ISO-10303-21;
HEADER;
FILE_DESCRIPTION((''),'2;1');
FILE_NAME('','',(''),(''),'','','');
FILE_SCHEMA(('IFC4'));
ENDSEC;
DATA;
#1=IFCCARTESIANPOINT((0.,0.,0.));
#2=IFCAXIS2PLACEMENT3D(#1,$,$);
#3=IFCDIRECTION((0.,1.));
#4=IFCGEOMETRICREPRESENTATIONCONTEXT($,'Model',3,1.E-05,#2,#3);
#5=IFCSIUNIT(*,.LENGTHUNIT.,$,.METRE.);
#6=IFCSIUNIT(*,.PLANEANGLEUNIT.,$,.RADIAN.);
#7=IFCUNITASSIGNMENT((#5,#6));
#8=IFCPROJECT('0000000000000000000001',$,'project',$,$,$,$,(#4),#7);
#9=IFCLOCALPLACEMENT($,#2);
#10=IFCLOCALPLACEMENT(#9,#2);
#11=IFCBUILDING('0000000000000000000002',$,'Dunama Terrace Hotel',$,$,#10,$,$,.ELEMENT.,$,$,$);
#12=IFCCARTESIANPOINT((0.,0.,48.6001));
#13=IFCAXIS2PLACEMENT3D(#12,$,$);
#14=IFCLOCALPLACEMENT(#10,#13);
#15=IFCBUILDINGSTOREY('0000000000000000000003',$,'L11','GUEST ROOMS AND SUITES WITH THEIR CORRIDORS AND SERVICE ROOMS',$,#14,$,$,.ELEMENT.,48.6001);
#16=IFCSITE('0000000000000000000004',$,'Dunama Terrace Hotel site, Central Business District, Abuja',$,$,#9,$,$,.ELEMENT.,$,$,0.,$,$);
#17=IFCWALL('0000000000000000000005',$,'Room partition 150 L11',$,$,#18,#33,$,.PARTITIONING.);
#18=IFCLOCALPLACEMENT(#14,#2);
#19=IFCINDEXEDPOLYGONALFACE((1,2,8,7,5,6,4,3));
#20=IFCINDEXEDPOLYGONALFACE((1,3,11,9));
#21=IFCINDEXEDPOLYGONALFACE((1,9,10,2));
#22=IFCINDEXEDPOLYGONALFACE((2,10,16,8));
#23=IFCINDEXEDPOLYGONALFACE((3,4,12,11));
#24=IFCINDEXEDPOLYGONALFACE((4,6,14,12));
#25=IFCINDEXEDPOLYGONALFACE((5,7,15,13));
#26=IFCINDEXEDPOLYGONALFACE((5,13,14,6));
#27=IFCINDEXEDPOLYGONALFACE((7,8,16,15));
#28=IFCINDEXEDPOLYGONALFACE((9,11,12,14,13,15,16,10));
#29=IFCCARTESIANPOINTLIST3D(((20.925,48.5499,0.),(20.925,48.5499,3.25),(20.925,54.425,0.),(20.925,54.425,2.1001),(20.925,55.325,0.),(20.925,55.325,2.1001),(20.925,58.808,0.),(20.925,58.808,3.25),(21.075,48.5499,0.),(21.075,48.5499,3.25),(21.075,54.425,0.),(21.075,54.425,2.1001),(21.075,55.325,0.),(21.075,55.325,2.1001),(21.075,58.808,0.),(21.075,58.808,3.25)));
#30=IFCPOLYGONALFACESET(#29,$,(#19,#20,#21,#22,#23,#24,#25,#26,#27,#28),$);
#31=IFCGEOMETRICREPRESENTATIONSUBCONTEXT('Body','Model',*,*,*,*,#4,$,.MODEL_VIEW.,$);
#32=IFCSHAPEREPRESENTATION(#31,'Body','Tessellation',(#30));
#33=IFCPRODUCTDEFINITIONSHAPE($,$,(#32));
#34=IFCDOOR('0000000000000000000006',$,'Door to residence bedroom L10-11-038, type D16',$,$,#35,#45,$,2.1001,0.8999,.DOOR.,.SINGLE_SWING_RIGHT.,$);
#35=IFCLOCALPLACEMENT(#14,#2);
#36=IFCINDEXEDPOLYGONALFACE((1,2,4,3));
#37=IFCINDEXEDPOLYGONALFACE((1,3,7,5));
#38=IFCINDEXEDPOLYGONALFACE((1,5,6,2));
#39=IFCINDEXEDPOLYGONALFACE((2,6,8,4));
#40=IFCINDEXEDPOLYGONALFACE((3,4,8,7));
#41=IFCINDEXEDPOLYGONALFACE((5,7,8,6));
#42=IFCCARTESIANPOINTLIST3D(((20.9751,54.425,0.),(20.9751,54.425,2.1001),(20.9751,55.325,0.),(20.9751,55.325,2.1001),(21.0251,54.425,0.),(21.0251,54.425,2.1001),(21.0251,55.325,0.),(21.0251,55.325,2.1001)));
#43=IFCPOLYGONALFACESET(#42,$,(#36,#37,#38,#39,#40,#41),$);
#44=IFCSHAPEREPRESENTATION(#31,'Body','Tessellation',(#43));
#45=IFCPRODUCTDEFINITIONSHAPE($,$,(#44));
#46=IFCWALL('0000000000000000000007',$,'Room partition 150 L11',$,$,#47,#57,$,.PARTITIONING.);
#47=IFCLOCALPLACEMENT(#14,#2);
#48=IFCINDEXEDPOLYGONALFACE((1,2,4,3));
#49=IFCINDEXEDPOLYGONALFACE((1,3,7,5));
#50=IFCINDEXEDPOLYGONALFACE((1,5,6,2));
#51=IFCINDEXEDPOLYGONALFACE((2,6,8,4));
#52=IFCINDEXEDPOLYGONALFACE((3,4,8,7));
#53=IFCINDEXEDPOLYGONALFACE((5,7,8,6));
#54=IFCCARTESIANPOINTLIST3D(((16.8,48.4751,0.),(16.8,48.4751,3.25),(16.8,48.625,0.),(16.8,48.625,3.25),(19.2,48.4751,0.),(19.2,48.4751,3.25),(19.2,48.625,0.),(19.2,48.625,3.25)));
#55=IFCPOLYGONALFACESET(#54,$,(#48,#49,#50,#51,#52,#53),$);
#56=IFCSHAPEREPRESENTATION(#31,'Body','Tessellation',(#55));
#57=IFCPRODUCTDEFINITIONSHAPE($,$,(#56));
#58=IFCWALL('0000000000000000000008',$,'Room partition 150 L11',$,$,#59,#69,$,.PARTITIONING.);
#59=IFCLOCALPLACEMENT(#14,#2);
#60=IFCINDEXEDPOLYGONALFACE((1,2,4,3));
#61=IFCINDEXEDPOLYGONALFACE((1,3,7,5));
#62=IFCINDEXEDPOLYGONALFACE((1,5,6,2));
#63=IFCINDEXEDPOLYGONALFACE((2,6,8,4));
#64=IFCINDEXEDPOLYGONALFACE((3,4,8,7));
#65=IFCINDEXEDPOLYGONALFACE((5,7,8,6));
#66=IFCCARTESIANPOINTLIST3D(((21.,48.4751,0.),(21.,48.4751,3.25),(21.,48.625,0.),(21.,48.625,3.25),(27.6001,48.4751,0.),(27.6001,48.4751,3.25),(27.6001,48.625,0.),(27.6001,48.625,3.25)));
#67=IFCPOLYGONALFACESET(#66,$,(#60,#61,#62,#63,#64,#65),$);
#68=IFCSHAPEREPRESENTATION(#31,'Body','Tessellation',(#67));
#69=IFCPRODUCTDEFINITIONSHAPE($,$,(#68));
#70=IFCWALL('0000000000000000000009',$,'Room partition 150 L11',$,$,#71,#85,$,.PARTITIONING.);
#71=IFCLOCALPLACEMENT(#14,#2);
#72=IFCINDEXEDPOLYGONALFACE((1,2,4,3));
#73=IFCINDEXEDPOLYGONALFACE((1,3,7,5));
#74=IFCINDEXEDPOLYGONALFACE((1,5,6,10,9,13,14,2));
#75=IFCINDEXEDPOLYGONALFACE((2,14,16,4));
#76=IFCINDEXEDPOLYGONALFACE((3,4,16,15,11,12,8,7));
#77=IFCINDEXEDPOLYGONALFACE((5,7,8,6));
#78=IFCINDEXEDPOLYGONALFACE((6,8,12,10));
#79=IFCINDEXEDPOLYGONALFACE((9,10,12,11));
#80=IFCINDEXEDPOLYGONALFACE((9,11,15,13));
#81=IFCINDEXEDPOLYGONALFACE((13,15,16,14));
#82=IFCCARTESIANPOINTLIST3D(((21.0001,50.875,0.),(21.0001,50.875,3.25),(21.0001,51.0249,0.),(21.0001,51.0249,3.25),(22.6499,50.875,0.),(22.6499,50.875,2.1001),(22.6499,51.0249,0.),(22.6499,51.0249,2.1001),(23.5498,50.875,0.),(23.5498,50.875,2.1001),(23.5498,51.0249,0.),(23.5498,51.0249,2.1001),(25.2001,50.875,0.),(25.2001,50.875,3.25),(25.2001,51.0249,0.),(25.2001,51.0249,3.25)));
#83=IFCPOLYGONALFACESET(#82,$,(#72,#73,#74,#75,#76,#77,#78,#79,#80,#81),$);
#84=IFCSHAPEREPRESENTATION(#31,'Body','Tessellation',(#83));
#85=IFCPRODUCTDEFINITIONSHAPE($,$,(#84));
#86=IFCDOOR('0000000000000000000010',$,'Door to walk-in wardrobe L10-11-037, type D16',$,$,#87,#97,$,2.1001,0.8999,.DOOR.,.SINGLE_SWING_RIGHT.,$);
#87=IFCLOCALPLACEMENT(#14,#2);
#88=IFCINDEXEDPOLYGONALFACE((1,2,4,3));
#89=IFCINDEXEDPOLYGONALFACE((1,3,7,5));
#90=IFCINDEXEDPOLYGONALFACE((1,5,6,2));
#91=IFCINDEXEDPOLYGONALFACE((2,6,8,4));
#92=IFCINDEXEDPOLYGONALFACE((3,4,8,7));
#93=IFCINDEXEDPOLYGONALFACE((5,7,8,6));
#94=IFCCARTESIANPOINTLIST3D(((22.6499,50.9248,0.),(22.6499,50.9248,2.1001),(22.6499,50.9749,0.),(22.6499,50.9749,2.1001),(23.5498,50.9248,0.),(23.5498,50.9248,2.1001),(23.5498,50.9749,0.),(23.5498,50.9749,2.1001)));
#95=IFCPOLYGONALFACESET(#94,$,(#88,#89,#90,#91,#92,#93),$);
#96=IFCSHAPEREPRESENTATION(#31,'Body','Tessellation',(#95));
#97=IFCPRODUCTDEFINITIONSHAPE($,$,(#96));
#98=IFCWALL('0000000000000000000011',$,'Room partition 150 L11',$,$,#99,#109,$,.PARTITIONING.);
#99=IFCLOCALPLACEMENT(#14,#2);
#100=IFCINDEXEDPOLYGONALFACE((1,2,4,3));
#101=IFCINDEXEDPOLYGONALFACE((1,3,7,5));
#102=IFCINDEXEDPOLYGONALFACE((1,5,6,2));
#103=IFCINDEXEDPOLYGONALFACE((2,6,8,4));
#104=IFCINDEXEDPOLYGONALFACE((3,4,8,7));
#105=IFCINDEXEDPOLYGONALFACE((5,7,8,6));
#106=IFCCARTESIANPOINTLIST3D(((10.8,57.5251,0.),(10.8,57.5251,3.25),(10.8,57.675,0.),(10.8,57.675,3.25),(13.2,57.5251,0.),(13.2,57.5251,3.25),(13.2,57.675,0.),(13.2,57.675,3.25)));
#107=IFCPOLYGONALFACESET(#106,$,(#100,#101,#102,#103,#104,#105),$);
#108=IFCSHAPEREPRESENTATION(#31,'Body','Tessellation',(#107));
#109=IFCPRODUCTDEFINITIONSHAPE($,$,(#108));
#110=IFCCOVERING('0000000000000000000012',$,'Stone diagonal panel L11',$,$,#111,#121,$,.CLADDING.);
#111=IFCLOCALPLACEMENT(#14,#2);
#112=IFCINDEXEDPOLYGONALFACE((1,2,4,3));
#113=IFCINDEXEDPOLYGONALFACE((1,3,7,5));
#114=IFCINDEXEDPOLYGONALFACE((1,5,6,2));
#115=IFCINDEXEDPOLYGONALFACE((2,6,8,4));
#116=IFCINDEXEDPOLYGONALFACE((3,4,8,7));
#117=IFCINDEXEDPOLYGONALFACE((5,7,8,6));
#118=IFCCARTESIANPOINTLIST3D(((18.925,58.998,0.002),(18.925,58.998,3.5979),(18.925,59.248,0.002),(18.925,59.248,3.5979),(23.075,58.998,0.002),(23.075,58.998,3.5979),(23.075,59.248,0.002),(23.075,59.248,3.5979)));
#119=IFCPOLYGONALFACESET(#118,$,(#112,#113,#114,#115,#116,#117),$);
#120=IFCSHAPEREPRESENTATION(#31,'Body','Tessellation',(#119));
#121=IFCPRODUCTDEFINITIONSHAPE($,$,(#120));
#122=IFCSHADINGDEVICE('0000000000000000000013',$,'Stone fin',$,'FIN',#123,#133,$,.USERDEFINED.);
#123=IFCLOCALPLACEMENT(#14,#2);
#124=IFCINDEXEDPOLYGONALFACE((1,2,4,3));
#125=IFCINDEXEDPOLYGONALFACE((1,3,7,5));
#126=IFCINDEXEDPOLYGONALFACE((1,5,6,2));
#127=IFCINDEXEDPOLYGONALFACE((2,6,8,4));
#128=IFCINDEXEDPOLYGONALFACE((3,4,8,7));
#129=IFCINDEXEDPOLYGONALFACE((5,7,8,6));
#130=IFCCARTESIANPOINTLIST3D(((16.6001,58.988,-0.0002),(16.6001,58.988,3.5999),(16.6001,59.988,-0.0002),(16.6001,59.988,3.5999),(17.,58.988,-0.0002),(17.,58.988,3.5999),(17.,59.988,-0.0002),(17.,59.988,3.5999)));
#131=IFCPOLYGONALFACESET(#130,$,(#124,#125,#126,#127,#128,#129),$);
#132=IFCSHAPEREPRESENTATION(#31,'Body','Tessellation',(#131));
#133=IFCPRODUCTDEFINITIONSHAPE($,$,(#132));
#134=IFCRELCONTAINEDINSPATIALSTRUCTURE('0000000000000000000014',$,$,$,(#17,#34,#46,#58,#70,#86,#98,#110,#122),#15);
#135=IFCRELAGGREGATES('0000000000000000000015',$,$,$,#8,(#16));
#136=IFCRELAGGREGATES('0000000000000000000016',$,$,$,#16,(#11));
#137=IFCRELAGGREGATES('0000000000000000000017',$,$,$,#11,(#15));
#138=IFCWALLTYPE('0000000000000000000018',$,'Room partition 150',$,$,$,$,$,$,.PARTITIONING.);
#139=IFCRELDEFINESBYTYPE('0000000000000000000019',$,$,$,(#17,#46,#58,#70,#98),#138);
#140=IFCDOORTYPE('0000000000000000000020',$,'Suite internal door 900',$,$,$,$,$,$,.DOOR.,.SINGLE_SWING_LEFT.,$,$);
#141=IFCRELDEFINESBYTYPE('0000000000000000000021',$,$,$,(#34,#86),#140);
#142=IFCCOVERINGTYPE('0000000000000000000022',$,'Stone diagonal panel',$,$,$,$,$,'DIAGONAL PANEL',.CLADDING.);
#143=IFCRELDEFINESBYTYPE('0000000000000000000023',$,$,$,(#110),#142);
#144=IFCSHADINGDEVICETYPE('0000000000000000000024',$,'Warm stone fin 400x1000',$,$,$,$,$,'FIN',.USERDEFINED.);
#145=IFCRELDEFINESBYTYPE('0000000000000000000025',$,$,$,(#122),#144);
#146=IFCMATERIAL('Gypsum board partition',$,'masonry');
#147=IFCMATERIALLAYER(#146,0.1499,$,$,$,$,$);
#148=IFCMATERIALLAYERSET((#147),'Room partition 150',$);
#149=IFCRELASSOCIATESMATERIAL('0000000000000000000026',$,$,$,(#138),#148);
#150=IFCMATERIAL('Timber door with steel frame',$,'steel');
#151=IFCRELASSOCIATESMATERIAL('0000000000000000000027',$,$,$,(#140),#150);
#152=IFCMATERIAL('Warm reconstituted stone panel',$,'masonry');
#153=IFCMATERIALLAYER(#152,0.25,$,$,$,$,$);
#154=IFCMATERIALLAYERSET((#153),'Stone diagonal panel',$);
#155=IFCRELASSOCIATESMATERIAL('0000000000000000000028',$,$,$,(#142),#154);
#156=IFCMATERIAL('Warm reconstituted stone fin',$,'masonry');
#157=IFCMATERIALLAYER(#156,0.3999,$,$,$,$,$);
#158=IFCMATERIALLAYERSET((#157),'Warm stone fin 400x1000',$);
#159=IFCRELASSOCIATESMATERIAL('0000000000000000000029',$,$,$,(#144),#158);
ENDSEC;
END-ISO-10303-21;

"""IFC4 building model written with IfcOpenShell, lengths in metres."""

from ifc_helpers import new_model, si_unit, direction, frame, frame_2d, origin, origin_2d, place, context, subcontext, project, spatial, rectangle, extrude, material, layer, layer_set, type_object, element, fill, save


model = new_model("IFC4")

# Units and contexts
model_context = context("Model", 3, precision=1e-05, world=origin(), true_north=direction((0.0, 1.0)))
body_context = subcontext(model_context, "Body", "Model", "MODEL_VIEW")
ifc_project = project(units=[si_unit("LENGTHUNIT", "METRE"), si_unit("PLANEANGLEUNIT", "RADIAN")], contexts=[model_context])

# Site, building, storey
site_placement = place(None, origin())
site = spatial("IfcSite", under=ifc_project, at=site_placement, Name="Dunama Terrace Hotel site, Central Business District, Abuja", CompositionType="ELEMENT", RefElevation=0.0)
building_placement = place(site_placement, origin())
building = spatial("IfcBuilding", under=site, at=building_placement, Name="Dunama Terrace Hotel", CompositionType="ELEMENT")
storey_placement = place(building_placement, frame((0.0, 0.0, 48.6001)))
storey = spatial("IfcBuildingStorey", under=building, at=storey_placement, Name="L11", Description="GUEST ROOMS AND SUITES WITH THEIR CORRIDORS AND SERVICE ROOMS", CompositionType="ELEMENT", Elevation=48.6001)

# Shared definitions
ifc_material_1 = material(Name="Gypsum board partition", Category="masonry")
ifc_layer_1 = layer(ifc_material_1, 0.1499)
ifc_layer_set_1 = layer_set([ifc_layer_1], Name="Room partition 150")
wall_type_1 = type_object("IfcWallType", Name="Room partition 150", PredefinedType="PARTITIONING", material=ifc_layer_set_1)

# Wall, opening, door
wall_1_placement = place(storey_placement, frame((21.0, 48.55, 0.0), z_axis=(0.0, 0.0, 1.0), x_axis=(0.0, 1.0, 0.0)))
wall_1 = element("IfcWall", 1, at=wall_1_placement, inside=storey, type_object=wall_type_1, Name="Room partition 150 L11", PredefinedType="PARTITIONING", context=body_context, shape_type="SweptSolid", body=[
    extrude(rectangle(XDim=10.2581, YDim=0.1499, at=frame_2d((5.1289, 0.0))), origin(), (0.0, 0.0, 1.0), 3.25),
])
opening_1_placement = place(wall_1_placement, frame((5.875, 0.0, 0.0)))
opening_1 = element("IfcOpeningElement", 2, at=opening_1_placement, cuts=wall_1, PredefinedType="OPENING", context=body_context, shape_type="SweptSolid", body=[
    extrude(rectangle(XDim=0.8999, YDim=2.1001, at=frame_2d((0.45, 1.05))), frame((0.0, 0.085, 0.0), z_axis=(0.0, -1.0, 0.0), x_axis=(1.0, 0.0, 0.0)), (0.0, 0.0, 1.0), 0.1699),
])
ifc_material_2 = material(Name="Timber door with steel frame", Category="steel")
door_type_1 = type_object("IfcDoorType", Name="Suite internal door 900", OperationType="SINGLE_SWING_LEFT", PredefinedType="DOOR", material=ifc_material_2)
door_1_placement = place(opening_1_placement, frame((0.8999, 0.0, 0.0), z_axis=(0.0, 0.0, 1.0), x_axis=(-1.0, 0.0, 0.0)))
door_1 = element("IfcDoor", 3, at=door_1_placement, inside=storey, type_object=door_type_1, Name="Door to residence bedroom L10-11-038, type D16", OperationType="SINGLE_SWING_RIGHT", OverallHeight=2.1001, OverallWidth=0.8999, PredefinedType="DOOR", context=body_context, shape_type="SweptSolid", body=[
    extrude(rectangle(XDim=0.8999, YDim=2.1001, at=frame_2d((0.45, 1.05))), frame((0.0, 0.0251, 0.0), z_axis=(0.0, -1.0, 0.0), x_axis=(1.0, 0.0, 0.0)), (0.0, 0.0, 1.0), 0.05),
])
fill(opening_1, door_1)

# Walls
wall_2_placement = place(storey_placement, frame((16.8, 48.55, 0.0), z_axis=(0.0, 0.0, 1.0), x_axis=(1.0, 0.0, 0.0)))
element("IfcWall", 4, at=wall_2_placement, inside=storey, type_object=wall_type_1, Name="Room partition 150 L11", PredefinedType="PARTITIONING", context=body_context, shape_type="SweptSolid", body=[
    extrude(rectangle(XDim=2.3999, YDim=0.1499, at=frame_2d((1.2, 0.0))), origin(), (0.0, 0.0, 1.0), 3.25),
])
wall_3_placement = place(storey_placement, frame((21.0, 48.55, 0.0), z_axis=(0.0, 0.0, 1.0), x_axis=(1.0, 0.0, 0.0)))
element("IfcWall", 5, at=wall_3_placement, inside=storey, type_object=wall_type_1, Name="Room partition 150 L11", PredefinedType="PARTITIONING", context=body_context, shape_type="SweptSolid", body=[
    extrude(rectangle(XDim=6.6001, YDim=0.1499, at=frame_2d((3.3, 0.0))), origin(), (0.0, 0.0, 1.0), 3.25),
])

# Wall, opening, door
wall_4_placement = place(storey_placement, frame((21.0, 50.95, 0.0), z_axis=(0.0, 0.0, 1.0), x_axis=(1.0, 0.0, 0.0)))
wall_4 = element("IfcWall", 6, at=wall_4_placement, inside=storey, type_object=wall_type_1, Name="Room partition 150 L11", PredefinedType="PARTITIONING", context=body_context, shape_type="SweptSolid", body=[
    extrude(rectangle(XDim=4.2, YDim=0.1499, at=frame_2d((2.1001, 0.0))), origin(), (0.0, 0.0, 1.0), 3.25),
])
opening_2_placement = place(wall_4_placement, frame((1.6499, 0.0, 0.0)))
opening_2 = element("IfcOpeningElement", 7, at=opening_2_placement, cuts=wall_4, PredefinedType="OPENING", context=body_context, shape_type="SweptSolid", body=[
    extrude(rectangle(XDim=0.8999, YDim=2.1001, at=frame_2d((0.45, 1.05))), frame((0.0, 0.085, 0.0), z_axis=(0.0, -1.0, 0.0), x_axis=(1.0, 0.0, 0.0)), (0.0, 0.0, 1.0), 0.1699),
])
door_2_placement = place(opening_2_placement, frame((0.8999, 0.0, 0.0), z_axis=(0.0, 0.0, 1.0), x_axis=(-1.0, 0.0, 0.0)))
door_2 = element("IfcDoor", 8, at=door_2_placement, inside=storey, type_object=door_type_1, Name="Door to walk-in wardrobe L10-11-037, type D16", OperationType="SINGLE_SWING_RIGHT", OverallHeight=2.1001, OverallWidth=0.8999, PredefinedType="DOOR", context=body_context, shape_type="SweptSolid", body=[
    extrude(rectangle(XDim=0.8999, YDim=2.1001, at=frame_2d((0.45, 1.05))), frame((0.0, 0.0251, 0.0), z_axis=(0.0, -1.0, 0.0), x_axis=(1.0, 0.0, 0.0)), (0.0, 0.0, 1.0), 0.05),
])
fill(opening_2, door_2)

# Wall
wall_5_placement = place(storey_placement, frame((10.8, 57.6001, 0.0), z_axis=(0.0, 0.0, 1.0), x_axis=(1.0, 0.0, 0.0)))
element("IfcWall", 9, at=wall_5_placement, inside=storey, type_object=wall_type_1, Name="Room partition 150 L11", PredefinedType="PARTITIONING", context=body_context, shape_type="SweptSolid", body=[
    extrude(rectangle(XDim=2.3999, YDim=0.1499, at=frame_2d((1.2, 0.0))), origin(), (0.0, 0.0, 1.0), 3.25),
])

# Covering
ifc_material_3 = material(Name="Warm reconstituted stone panel", Category="masonry")
ifc_layer_2 = layer(ifc_material_3, 0.25)
ifc_layer_set_2 = layer_set([ifc_layer_2], Name="Stone diagonal panel")
covering_type = type_object("IfcCoveringType", Name="Stone diagonal panel", ElementType="DIAGONAL PANEL", PredefinedType="CLADDING", material=ifc_layer_set_2)
covering_placement = place(storey_placement, frame((21.0, 59.123, 0.002), z_axis=(0.0, 0.0, 1.0), x_axis=(-1.0, 0.0, 0.0)))
element("IfcCovering", 10, at=covering_placement, inside=storey, type_object=covering_type, Name="Stone diagonal panel L11", PredefinedType="CLADDING", context=body_context, shape_type="SweptSolid", body=[
    extrude(rectangle(XDim=4.1499, YDim=0.25, at=origin_2d()), origin(), (0.0, 0.0, 1.0), 3.5959),
])

# Shading device
ifc_material_4 = material(Name="Warm reconstituted stone fin", Category="masonry")
ifc_layer_3 = layer(ifc_material_4, 0.3999)
ifc_layer_set_3 = layer_set([ifc_layer_3], Name="Warm stone fin 400x1000")
shading_device_type = type_object("IfcShadingDeviceType", Name="Warm stone fin 400x1000", ElementType="FIN", PredefinedType="USERDEFINED", material=ifc_layer_set_3)
shading_device_placement = place(storey_placement, frame((16.8, 59.488, -0.0002), z_axis=(0.0, 0.0, 1.0), x_axis=(-1.0, 0.0, 0.0)))
element("IfcShadingDevice", 11, at=shading_device_placement, inside=storey, type_object=shading_device_type, Name="Stone fin", ObjectType="FIN", PredefinedType="USERDEFINED", context=body_context, shape_type="SweptSolid", body=[
    extrude(rectangle(XDim=0.3999, YDim=1.0, at=origin_2d()), origin(), (0.0, 0.0, 1.0), 3.6001),
])

save(model, "model.ifc")
